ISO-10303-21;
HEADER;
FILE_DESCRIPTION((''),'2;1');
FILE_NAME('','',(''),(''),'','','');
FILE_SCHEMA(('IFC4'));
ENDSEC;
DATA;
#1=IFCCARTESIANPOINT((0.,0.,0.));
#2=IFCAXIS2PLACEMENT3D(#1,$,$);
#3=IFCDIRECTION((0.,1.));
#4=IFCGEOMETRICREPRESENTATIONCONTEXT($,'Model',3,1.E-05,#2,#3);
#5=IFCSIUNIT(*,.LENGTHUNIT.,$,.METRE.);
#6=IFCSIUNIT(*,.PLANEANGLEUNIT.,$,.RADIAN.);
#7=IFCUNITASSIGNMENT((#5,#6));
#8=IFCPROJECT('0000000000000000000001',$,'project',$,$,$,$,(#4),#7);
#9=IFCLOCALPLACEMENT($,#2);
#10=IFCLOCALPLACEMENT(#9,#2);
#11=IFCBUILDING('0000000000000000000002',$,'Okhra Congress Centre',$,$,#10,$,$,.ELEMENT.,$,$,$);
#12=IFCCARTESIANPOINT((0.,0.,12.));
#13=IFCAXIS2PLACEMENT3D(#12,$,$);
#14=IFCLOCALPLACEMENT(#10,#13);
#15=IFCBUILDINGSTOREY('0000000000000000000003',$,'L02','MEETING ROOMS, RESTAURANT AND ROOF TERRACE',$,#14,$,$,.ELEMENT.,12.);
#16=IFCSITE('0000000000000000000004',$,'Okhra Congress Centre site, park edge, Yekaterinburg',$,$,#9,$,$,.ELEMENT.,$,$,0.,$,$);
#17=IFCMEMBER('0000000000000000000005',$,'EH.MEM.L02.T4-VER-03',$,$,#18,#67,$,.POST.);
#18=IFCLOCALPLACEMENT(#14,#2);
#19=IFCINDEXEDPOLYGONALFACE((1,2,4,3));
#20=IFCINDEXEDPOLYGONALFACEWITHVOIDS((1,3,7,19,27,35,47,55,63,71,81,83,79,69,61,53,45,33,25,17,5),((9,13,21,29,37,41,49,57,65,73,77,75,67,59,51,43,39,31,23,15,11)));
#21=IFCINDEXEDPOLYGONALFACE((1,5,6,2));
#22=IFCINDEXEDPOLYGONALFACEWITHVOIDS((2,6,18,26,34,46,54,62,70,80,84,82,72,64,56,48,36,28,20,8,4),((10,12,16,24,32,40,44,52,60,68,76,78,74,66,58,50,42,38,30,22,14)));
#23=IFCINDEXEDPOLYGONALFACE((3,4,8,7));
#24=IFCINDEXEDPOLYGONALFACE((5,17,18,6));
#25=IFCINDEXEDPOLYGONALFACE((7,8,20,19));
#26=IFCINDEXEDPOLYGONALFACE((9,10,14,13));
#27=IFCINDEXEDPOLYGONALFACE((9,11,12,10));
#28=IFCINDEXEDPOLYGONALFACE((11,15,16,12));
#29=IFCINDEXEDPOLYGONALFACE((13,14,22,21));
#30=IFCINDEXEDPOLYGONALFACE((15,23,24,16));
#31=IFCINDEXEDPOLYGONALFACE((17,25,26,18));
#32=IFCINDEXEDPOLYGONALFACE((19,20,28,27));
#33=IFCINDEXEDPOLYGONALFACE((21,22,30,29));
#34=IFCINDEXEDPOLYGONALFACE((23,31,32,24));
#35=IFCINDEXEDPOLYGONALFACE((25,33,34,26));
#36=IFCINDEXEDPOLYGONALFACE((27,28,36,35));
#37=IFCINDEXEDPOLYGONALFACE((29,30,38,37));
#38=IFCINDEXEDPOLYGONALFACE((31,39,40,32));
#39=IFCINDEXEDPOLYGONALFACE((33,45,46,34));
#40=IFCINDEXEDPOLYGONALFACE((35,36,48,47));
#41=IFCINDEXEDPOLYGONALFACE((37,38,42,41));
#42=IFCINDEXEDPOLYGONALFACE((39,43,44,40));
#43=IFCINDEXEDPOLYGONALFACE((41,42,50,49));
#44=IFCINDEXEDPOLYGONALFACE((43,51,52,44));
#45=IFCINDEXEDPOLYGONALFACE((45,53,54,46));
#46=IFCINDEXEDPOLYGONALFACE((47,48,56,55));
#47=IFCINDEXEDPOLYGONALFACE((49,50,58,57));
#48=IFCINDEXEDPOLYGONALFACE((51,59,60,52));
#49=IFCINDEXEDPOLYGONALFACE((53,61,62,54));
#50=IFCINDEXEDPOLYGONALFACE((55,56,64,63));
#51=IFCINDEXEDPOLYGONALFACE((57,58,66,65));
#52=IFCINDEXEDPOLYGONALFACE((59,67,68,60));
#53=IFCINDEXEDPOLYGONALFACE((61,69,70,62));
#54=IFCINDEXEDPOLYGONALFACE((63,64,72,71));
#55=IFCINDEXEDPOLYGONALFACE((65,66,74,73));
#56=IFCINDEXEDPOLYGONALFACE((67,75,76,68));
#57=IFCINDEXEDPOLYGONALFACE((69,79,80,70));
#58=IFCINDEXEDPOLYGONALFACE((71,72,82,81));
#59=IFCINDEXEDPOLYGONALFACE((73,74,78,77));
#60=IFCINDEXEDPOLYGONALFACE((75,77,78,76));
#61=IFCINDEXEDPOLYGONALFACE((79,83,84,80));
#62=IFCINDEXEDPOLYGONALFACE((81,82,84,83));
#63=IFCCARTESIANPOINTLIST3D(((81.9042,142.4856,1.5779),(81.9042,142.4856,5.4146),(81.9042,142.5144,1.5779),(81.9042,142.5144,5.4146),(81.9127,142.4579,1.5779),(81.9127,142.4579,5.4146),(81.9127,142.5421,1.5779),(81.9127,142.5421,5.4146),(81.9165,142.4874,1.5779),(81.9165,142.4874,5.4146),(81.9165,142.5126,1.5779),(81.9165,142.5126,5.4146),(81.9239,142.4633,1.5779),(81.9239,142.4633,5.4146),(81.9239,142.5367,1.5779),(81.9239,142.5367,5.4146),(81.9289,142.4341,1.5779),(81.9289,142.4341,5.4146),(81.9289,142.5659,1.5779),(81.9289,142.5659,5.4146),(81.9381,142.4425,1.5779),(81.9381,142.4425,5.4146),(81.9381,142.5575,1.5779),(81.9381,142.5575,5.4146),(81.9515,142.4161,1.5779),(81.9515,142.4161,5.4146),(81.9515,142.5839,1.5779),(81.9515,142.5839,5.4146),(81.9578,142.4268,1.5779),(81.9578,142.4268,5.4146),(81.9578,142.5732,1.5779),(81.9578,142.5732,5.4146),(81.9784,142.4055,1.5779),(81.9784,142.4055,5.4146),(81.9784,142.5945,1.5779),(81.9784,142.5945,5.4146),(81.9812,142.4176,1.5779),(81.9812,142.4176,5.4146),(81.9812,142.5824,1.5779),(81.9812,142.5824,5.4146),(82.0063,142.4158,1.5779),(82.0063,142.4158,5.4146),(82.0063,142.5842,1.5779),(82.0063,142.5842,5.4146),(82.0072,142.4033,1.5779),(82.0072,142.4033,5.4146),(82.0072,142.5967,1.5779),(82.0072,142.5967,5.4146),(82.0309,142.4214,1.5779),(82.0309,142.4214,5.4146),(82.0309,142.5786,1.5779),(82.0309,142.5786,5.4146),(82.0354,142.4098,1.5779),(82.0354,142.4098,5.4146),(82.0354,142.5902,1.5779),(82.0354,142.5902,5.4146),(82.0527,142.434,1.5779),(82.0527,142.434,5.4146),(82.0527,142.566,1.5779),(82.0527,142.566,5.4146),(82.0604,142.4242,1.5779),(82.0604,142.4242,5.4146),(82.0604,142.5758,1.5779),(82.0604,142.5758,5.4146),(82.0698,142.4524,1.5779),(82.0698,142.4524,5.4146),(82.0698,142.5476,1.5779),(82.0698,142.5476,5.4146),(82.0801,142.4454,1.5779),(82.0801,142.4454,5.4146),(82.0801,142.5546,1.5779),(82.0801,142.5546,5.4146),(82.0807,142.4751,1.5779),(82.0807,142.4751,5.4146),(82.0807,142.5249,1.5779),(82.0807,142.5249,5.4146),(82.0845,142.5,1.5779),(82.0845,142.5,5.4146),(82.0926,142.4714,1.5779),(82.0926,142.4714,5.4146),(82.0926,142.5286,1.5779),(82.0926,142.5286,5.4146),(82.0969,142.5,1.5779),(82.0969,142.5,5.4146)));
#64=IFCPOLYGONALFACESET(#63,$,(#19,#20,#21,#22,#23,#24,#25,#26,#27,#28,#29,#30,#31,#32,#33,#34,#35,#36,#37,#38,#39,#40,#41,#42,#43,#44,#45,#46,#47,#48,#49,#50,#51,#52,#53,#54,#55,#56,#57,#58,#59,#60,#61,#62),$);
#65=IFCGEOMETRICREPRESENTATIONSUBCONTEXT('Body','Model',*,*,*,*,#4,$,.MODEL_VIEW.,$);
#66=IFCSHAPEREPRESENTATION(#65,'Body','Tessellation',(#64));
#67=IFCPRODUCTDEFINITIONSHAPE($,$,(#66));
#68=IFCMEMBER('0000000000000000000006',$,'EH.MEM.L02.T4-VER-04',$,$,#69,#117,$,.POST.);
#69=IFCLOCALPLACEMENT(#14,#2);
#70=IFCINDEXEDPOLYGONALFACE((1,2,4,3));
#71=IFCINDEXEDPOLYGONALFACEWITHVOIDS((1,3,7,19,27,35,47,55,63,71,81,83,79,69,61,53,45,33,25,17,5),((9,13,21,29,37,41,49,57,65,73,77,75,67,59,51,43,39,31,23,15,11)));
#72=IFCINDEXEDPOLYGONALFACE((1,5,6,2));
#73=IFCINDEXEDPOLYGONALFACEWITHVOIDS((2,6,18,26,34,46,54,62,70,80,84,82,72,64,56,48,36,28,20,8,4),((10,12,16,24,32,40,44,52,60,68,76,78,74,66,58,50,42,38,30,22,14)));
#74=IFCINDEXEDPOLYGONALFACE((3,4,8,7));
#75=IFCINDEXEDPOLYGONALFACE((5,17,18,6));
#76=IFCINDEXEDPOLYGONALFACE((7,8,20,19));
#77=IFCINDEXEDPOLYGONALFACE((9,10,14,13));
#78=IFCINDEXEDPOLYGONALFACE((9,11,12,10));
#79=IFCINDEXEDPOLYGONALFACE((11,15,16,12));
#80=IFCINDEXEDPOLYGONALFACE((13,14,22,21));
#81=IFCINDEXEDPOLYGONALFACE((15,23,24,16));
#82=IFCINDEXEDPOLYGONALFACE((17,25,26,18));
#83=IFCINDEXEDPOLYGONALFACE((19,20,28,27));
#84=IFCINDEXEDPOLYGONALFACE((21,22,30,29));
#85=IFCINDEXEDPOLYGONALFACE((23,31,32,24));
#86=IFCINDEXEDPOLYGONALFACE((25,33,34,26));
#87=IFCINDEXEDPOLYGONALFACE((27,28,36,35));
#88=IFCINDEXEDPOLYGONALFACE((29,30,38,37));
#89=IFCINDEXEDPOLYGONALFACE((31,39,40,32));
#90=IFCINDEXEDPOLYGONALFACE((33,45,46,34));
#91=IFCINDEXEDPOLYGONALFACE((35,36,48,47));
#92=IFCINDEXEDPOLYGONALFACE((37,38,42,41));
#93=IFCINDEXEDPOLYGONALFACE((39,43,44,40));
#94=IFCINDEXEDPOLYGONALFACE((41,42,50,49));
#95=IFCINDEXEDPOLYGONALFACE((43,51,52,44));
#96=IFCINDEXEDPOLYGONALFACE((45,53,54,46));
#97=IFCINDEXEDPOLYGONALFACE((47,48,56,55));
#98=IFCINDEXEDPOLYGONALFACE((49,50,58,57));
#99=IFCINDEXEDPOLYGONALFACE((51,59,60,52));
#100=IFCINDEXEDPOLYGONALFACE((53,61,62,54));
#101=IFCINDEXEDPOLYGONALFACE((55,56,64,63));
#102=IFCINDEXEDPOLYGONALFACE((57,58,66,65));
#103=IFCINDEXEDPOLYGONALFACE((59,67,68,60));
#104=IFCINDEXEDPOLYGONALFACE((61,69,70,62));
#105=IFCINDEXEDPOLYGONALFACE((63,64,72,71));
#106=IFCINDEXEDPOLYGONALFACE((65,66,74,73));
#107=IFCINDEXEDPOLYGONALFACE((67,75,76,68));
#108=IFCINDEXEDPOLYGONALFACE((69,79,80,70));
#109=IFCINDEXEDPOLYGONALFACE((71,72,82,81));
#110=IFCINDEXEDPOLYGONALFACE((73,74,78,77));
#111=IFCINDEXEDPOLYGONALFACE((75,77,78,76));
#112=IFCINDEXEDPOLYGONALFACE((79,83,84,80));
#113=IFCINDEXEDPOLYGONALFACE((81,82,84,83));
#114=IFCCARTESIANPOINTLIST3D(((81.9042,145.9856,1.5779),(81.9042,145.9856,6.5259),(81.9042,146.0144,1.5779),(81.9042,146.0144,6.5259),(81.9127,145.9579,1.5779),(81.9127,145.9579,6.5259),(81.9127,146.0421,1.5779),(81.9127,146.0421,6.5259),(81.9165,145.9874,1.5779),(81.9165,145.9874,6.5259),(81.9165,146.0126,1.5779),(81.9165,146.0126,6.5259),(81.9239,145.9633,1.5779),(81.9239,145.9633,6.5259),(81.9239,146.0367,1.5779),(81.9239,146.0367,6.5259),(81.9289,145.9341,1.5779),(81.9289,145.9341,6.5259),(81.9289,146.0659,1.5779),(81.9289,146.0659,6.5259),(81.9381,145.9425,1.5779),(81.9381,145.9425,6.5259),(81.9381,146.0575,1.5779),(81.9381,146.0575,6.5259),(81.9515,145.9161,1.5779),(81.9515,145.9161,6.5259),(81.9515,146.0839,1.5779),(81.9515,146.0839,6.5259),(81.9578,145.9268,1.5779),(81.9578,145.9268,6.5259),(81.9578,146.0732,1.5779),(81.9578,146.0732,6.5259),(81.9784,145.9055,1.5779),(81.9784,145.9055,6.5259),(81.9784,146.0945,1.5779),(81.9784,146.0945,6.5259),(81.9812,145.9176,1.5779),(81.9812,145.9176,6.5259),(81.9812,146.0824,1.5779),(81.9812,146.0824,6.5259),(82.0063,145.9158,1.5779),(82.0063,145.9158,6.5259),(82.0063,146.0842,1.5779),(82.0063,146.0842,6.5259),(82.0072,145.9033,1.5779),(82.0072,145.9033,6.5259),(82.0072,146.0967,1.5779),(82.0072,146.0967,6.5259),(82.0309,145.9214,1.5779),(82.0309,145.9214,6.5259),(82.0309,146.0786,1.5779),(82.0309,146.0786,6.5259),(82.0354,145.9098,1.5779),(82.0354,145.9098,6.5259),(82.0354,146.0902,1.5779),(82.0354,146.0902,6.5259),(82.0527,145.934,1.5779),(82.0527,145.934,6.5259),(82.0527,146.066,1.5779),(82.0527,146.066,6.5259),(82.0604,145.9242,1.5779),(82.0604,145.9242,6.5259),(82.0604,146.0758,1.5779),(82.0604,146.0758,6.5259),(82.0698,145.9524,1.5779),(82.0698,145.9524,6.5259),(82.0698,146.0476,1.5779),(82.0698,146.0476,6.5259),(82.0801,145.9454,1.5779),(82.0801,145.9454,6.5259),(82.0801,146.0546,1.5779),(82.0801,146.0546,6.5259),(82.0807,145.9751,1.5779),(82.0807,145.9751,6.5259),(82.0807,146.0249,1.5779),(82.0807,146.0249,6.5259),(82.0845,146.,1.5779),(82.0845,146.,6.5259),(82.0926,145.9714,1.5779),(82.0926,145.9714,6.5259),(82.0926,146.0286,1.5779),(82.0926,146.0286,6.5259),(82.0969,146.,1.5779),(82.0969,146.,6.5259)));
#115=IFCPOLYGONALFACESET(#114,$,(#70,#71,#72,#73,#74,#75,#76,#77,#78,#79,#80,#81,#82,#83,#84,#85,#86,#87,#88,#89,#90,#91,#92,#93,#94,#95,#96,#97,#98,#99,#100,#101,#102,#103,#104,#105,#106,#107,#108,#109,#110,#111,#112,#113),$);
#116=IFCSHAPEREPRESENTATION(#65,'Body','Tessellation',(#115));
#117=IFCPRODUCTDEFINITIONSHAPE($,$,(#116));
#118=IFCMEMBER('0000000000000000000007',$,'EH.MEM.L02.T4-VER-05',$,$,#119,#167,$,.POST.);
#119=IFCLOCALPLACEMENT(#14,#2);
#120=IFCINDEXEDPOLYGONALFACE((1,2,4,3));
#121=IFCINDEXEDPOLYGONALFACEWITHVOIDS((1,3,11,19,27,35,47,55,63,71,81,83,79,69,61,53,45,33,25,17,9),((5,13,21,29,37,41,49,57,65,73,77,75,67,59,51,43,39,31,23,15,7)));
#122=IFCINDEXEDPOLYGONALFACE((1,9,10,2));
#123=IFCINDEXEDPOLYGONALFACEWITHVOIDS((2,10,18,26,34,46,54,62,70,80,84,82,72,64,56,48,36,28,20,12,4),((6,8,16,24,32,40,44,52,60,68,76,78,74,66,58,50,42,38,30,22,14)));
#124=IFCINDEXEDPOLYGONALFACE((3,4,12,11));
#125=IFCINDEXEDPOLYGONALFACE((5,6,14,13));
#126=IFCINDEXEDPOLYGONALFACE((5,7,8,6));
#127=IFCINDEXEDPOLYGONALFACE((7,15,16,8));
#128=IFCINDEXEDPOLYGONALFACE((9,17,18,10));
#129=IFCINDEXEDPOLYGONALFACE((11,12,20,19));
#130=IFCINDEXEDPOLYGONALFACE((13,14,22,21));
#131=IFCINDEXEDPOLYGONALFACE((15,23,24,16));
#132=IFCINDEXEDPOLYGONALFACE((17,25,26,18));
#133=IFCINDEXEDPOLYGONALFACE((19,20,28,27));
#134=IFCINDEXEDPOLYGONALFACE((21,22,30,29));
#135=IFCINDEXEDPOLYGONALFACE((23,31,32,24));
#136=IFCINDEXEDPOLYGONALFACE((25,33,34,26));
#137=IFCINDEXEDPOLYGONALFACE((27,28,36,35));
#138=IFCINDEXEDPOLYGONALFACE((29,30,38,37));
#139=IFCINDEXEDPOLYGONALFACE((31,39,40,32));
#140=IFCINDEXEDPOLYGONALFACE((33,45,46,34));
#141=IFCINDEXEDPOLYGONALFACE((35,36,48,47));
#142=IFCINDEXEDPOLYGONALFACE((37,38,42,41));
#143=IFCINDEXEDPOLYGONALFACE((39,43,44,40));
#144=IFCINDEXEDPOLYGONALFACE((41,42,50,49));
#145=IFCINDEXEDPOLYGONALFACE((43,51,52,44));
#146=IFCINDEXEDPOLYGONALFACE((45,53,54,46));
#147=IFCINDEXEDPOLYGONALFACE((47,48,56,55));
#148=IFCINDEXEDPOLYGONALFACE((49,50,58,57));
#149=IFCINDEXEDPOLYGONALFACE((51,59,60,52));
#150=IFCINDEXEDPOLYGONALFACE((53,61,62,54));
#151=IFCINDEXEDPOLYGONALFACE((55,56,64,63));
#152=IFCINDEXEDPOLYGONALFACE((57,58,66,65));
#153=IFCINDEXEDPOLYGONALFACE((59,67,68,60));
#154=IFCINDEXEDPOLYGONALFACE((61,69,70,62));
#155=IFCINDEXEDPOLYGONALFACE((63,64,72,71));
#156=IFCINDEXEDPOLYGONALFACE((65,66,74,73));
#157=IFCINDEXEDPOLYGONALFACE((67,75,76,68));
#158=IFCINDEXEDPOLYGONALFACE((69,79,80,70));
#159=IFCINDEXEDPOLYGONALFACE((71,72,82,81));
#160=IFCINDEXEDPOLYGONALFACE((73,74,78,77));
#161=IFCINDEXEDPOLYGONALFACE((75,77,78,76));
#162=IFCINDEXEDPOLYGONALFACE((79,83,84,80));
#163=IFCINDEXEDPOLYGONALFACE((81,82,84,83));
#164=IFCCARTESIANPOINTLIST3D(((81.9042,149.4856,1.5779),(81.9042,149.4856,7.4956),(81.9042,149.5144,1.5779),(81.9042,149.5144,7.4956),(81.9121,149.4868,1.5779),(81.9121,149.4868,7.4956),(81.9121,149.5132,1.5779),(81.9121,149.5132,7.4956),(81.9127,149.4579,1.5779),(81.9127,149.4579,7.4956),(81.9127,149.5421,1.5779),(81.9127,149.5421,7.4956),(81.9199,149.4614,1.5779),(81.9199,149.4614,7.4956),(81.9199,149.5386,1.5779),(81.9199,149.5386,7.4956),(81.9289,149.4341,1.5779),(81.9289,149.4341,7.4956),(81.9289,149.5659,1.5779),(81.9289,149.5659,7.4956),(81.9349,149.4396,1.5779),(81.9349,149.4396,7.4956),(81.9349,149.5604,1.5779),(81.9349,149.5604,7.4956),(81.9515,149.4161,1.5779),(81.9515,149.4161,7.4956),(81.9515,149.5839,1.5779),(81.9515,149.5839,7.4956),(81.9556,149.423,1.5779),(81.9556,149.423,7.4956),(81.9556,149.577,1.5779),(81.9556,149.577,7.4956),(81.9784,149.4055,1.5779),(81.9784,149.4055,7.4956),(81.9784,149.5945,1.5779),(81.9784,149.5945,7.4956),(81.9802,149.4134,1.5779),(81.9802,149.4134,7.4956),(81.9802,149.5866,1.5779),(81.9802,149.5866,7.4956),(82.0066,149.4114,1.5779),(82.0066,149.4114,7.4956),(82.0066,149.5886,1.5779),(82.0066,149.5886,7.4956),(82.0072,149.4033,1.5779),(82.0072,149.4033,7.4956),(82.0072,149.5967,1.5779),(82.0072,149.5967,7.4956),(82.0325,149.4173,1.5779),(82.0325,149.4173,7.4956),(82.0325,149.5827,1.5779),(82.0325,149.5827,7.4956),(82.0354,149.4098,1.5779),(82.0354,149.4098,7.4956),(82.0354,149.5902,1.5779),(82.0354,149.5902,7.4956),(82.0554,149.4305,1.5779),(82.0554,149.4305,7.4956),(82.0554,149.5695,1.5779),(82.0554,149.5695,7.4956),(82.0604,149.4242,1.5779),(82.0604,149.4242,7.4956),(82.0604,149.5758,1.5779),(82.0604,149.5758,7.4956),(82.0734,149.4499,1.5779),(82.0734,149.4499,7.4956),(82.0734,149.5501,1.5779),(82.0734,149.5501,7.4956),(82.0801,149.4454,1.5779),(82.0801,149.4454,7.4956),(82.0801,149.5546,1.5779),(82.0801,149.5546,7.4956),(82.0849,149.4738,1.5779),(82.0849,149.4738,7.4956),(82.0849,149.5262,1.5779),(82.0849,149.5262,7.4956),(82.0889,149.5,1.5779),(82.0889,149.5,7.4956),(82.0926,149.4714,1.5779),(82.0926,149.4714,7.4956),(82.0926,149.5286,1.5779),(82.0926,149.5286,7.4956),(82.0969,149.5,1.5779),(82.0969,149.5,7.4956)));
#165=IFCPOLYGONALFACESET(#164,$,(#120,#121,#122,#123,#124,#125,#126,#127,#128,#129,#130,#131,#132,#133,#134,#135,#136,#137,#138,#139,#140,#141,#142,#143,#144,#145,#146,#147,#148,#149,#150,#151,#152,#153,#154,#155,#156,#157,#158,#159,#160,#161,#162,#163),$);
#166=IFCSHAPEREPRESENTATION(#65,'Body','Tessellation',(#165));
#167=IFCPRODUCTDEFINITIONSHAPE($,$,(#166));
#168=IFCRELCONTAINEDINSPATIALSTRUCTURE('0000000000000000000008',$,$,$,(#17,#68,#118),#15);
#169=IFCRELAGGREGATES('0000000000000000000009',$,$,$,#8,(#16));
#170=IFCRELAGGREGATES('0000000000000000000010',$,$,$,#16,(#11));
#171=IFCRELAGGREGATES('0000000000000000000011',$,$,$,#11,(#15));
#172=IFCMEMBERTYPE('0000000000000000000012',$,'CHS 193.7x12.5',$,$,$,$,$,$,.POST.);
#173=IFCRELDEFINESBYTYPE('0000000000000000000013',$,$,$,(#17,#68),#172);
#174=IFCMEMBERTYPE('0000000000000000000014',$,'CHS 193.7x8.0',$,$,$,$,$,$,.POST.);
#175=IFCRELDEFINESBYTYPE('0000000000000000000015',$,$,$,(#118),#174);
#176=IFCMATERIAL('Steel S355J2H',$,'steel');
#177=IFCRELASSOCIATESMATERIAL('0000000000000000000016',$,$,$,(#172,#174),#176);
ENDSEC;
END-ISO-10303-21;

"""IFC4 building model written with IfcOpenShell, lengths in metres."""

from ifc_helpers import new_model, si_unit, direction, frame, origin, origin_2d, place, context, subcontext, project, spatial, hollow_circle, extrude, material, material_profile, profile_set, type_object, element, save


model = new_model("IFC4")

# Units and contexts
model_context = context("Model", 3, precision=1e-05, world=origin(), true_north=direction((0.0, 1.0)))
body_context = subcontext(model_context, "Body", "Model", "MODEL_VIEW")
ifc_project = project(units=[si_unit("LENGTHUNIT", "METRE"), si_unit("PLANEANGLEUNIT", "RADIAN")], contexts=[model_context])

# Site, building, storey
site_placement = place(None, origin())
site = spatial("IfcSite", under=ifc_project, at=site_placement, Name="Okhra Congress Centre site, park edge, Yekaterinburg", CompositionType="ELEMENT", RefElevation=0.0)
building_placement = place(site_placement, origin())
building = spatial("IfcBuilding", under=site, at=building_placement, Name="Okhra Congress Centre", CompositionType="ELEMENT")
storey_placement = place(building_placement, frame((0.0, 0.0, 12.0)))
storey = spatial("IfcBuildingStorey", under=building, at=storey_placement, Name="L02", Description="MEETING ROOMS, RESTAURANT AND ROOF TERRACE", CompositionType="ELEMENT", Elevation=12.0)

# Members
ifc_material_1 = material(Name="Steel S355J2H", Category="steel")
ifc_material_profile_1 = material_profile(ifc_material_1, hollow_circle(Radius=0.0969, WallThickness=0.0125, at=origin_2d()), Name="CHS 193.7x12.5")
ifc_profile_set_1 = profile_set([ifc_material_profile_1], Name="Steel S355J2H")
member_type_1 = type_object("IfcMemberType", Name="CHS 193.7x12.5", PredefinedType="POST", material=ifc_profile_set_1)
member_1_placement = place(storey_placement, frame((82.0, 142.5, 1.5779), z_axis=(0.0, 0.0, 1.0), x_axis=(1.0, 0.0, 0.0)))
element("IfcMember", 1, at=member_1_placement, inside=storey, type_object=member_type_1, Name="EH.MEM.L02.T4-VER-03", PredefinedType="POST", context=body_context, shape_type="SweptSolid", body=[
    extrude(hollow_circle(Radius=0.0969, WallThickness=0.0125, at=origin_2d()), origin(), (0.0, 0.0, 1.0), 3.8367),
])
member_2_placement = place(storey_placement, frame((82.0, 146.0, 1.5779), z_axis=(0.0, 0.0, 1.0), x_axis=(1.0, 0.0, 0.0)))
element("IfcMember", 2, at=member_2_placement, inside=storey, type_object=member_type_1, Name="EH.MEM.L02.T4-VER-04", PredefinedType="POST", context=body_context, shape_type="SweptSolid", body=[
    extrude(hollow_circle(Radius=0.0969, WallThickness=0.0125, at=origin_2d()), origin(), (0.0, 0.0, 1.0), 4.948),
])
ifc_material_profile_2 = material_profile(ifc_material_1, hollow_circle(Radius=0.0969, WallThickness=0.0081, at=origin_2d()), Name="CHS 193.7x8.0")
ifc_profile_set_2 = profile_set([ifc_material_profile_2], Name="Steel S355J2H")
member_type_2 = type_object("IfcMemberType", Name="CHS 193.7x8.0", PredefinedType="POST", material=ifc_profile_set_2)
member_3_placement = place(storey_placement, frame((82.0, 149.5, 1.5779), z_axis=(0.0, 0.0, 1.0), x_axis=(1.0, 0.0, 0.0)))
element("IfcMember", 3, at=member_3_placement, inside=storey, type_object=member_type_2, Name="EH.MEM.L02.T4-VER-05", PredefinedType="POST", context=body_context, shape_type="SweptSolid", body=[
    extrude(hollow_circle(Radius=0.0969, WallThickness=0.0081, at=origin_2d()), origin(), (0.0, 0.0, 1.0), 5.9177),
])

save(model, "model.ifc")
